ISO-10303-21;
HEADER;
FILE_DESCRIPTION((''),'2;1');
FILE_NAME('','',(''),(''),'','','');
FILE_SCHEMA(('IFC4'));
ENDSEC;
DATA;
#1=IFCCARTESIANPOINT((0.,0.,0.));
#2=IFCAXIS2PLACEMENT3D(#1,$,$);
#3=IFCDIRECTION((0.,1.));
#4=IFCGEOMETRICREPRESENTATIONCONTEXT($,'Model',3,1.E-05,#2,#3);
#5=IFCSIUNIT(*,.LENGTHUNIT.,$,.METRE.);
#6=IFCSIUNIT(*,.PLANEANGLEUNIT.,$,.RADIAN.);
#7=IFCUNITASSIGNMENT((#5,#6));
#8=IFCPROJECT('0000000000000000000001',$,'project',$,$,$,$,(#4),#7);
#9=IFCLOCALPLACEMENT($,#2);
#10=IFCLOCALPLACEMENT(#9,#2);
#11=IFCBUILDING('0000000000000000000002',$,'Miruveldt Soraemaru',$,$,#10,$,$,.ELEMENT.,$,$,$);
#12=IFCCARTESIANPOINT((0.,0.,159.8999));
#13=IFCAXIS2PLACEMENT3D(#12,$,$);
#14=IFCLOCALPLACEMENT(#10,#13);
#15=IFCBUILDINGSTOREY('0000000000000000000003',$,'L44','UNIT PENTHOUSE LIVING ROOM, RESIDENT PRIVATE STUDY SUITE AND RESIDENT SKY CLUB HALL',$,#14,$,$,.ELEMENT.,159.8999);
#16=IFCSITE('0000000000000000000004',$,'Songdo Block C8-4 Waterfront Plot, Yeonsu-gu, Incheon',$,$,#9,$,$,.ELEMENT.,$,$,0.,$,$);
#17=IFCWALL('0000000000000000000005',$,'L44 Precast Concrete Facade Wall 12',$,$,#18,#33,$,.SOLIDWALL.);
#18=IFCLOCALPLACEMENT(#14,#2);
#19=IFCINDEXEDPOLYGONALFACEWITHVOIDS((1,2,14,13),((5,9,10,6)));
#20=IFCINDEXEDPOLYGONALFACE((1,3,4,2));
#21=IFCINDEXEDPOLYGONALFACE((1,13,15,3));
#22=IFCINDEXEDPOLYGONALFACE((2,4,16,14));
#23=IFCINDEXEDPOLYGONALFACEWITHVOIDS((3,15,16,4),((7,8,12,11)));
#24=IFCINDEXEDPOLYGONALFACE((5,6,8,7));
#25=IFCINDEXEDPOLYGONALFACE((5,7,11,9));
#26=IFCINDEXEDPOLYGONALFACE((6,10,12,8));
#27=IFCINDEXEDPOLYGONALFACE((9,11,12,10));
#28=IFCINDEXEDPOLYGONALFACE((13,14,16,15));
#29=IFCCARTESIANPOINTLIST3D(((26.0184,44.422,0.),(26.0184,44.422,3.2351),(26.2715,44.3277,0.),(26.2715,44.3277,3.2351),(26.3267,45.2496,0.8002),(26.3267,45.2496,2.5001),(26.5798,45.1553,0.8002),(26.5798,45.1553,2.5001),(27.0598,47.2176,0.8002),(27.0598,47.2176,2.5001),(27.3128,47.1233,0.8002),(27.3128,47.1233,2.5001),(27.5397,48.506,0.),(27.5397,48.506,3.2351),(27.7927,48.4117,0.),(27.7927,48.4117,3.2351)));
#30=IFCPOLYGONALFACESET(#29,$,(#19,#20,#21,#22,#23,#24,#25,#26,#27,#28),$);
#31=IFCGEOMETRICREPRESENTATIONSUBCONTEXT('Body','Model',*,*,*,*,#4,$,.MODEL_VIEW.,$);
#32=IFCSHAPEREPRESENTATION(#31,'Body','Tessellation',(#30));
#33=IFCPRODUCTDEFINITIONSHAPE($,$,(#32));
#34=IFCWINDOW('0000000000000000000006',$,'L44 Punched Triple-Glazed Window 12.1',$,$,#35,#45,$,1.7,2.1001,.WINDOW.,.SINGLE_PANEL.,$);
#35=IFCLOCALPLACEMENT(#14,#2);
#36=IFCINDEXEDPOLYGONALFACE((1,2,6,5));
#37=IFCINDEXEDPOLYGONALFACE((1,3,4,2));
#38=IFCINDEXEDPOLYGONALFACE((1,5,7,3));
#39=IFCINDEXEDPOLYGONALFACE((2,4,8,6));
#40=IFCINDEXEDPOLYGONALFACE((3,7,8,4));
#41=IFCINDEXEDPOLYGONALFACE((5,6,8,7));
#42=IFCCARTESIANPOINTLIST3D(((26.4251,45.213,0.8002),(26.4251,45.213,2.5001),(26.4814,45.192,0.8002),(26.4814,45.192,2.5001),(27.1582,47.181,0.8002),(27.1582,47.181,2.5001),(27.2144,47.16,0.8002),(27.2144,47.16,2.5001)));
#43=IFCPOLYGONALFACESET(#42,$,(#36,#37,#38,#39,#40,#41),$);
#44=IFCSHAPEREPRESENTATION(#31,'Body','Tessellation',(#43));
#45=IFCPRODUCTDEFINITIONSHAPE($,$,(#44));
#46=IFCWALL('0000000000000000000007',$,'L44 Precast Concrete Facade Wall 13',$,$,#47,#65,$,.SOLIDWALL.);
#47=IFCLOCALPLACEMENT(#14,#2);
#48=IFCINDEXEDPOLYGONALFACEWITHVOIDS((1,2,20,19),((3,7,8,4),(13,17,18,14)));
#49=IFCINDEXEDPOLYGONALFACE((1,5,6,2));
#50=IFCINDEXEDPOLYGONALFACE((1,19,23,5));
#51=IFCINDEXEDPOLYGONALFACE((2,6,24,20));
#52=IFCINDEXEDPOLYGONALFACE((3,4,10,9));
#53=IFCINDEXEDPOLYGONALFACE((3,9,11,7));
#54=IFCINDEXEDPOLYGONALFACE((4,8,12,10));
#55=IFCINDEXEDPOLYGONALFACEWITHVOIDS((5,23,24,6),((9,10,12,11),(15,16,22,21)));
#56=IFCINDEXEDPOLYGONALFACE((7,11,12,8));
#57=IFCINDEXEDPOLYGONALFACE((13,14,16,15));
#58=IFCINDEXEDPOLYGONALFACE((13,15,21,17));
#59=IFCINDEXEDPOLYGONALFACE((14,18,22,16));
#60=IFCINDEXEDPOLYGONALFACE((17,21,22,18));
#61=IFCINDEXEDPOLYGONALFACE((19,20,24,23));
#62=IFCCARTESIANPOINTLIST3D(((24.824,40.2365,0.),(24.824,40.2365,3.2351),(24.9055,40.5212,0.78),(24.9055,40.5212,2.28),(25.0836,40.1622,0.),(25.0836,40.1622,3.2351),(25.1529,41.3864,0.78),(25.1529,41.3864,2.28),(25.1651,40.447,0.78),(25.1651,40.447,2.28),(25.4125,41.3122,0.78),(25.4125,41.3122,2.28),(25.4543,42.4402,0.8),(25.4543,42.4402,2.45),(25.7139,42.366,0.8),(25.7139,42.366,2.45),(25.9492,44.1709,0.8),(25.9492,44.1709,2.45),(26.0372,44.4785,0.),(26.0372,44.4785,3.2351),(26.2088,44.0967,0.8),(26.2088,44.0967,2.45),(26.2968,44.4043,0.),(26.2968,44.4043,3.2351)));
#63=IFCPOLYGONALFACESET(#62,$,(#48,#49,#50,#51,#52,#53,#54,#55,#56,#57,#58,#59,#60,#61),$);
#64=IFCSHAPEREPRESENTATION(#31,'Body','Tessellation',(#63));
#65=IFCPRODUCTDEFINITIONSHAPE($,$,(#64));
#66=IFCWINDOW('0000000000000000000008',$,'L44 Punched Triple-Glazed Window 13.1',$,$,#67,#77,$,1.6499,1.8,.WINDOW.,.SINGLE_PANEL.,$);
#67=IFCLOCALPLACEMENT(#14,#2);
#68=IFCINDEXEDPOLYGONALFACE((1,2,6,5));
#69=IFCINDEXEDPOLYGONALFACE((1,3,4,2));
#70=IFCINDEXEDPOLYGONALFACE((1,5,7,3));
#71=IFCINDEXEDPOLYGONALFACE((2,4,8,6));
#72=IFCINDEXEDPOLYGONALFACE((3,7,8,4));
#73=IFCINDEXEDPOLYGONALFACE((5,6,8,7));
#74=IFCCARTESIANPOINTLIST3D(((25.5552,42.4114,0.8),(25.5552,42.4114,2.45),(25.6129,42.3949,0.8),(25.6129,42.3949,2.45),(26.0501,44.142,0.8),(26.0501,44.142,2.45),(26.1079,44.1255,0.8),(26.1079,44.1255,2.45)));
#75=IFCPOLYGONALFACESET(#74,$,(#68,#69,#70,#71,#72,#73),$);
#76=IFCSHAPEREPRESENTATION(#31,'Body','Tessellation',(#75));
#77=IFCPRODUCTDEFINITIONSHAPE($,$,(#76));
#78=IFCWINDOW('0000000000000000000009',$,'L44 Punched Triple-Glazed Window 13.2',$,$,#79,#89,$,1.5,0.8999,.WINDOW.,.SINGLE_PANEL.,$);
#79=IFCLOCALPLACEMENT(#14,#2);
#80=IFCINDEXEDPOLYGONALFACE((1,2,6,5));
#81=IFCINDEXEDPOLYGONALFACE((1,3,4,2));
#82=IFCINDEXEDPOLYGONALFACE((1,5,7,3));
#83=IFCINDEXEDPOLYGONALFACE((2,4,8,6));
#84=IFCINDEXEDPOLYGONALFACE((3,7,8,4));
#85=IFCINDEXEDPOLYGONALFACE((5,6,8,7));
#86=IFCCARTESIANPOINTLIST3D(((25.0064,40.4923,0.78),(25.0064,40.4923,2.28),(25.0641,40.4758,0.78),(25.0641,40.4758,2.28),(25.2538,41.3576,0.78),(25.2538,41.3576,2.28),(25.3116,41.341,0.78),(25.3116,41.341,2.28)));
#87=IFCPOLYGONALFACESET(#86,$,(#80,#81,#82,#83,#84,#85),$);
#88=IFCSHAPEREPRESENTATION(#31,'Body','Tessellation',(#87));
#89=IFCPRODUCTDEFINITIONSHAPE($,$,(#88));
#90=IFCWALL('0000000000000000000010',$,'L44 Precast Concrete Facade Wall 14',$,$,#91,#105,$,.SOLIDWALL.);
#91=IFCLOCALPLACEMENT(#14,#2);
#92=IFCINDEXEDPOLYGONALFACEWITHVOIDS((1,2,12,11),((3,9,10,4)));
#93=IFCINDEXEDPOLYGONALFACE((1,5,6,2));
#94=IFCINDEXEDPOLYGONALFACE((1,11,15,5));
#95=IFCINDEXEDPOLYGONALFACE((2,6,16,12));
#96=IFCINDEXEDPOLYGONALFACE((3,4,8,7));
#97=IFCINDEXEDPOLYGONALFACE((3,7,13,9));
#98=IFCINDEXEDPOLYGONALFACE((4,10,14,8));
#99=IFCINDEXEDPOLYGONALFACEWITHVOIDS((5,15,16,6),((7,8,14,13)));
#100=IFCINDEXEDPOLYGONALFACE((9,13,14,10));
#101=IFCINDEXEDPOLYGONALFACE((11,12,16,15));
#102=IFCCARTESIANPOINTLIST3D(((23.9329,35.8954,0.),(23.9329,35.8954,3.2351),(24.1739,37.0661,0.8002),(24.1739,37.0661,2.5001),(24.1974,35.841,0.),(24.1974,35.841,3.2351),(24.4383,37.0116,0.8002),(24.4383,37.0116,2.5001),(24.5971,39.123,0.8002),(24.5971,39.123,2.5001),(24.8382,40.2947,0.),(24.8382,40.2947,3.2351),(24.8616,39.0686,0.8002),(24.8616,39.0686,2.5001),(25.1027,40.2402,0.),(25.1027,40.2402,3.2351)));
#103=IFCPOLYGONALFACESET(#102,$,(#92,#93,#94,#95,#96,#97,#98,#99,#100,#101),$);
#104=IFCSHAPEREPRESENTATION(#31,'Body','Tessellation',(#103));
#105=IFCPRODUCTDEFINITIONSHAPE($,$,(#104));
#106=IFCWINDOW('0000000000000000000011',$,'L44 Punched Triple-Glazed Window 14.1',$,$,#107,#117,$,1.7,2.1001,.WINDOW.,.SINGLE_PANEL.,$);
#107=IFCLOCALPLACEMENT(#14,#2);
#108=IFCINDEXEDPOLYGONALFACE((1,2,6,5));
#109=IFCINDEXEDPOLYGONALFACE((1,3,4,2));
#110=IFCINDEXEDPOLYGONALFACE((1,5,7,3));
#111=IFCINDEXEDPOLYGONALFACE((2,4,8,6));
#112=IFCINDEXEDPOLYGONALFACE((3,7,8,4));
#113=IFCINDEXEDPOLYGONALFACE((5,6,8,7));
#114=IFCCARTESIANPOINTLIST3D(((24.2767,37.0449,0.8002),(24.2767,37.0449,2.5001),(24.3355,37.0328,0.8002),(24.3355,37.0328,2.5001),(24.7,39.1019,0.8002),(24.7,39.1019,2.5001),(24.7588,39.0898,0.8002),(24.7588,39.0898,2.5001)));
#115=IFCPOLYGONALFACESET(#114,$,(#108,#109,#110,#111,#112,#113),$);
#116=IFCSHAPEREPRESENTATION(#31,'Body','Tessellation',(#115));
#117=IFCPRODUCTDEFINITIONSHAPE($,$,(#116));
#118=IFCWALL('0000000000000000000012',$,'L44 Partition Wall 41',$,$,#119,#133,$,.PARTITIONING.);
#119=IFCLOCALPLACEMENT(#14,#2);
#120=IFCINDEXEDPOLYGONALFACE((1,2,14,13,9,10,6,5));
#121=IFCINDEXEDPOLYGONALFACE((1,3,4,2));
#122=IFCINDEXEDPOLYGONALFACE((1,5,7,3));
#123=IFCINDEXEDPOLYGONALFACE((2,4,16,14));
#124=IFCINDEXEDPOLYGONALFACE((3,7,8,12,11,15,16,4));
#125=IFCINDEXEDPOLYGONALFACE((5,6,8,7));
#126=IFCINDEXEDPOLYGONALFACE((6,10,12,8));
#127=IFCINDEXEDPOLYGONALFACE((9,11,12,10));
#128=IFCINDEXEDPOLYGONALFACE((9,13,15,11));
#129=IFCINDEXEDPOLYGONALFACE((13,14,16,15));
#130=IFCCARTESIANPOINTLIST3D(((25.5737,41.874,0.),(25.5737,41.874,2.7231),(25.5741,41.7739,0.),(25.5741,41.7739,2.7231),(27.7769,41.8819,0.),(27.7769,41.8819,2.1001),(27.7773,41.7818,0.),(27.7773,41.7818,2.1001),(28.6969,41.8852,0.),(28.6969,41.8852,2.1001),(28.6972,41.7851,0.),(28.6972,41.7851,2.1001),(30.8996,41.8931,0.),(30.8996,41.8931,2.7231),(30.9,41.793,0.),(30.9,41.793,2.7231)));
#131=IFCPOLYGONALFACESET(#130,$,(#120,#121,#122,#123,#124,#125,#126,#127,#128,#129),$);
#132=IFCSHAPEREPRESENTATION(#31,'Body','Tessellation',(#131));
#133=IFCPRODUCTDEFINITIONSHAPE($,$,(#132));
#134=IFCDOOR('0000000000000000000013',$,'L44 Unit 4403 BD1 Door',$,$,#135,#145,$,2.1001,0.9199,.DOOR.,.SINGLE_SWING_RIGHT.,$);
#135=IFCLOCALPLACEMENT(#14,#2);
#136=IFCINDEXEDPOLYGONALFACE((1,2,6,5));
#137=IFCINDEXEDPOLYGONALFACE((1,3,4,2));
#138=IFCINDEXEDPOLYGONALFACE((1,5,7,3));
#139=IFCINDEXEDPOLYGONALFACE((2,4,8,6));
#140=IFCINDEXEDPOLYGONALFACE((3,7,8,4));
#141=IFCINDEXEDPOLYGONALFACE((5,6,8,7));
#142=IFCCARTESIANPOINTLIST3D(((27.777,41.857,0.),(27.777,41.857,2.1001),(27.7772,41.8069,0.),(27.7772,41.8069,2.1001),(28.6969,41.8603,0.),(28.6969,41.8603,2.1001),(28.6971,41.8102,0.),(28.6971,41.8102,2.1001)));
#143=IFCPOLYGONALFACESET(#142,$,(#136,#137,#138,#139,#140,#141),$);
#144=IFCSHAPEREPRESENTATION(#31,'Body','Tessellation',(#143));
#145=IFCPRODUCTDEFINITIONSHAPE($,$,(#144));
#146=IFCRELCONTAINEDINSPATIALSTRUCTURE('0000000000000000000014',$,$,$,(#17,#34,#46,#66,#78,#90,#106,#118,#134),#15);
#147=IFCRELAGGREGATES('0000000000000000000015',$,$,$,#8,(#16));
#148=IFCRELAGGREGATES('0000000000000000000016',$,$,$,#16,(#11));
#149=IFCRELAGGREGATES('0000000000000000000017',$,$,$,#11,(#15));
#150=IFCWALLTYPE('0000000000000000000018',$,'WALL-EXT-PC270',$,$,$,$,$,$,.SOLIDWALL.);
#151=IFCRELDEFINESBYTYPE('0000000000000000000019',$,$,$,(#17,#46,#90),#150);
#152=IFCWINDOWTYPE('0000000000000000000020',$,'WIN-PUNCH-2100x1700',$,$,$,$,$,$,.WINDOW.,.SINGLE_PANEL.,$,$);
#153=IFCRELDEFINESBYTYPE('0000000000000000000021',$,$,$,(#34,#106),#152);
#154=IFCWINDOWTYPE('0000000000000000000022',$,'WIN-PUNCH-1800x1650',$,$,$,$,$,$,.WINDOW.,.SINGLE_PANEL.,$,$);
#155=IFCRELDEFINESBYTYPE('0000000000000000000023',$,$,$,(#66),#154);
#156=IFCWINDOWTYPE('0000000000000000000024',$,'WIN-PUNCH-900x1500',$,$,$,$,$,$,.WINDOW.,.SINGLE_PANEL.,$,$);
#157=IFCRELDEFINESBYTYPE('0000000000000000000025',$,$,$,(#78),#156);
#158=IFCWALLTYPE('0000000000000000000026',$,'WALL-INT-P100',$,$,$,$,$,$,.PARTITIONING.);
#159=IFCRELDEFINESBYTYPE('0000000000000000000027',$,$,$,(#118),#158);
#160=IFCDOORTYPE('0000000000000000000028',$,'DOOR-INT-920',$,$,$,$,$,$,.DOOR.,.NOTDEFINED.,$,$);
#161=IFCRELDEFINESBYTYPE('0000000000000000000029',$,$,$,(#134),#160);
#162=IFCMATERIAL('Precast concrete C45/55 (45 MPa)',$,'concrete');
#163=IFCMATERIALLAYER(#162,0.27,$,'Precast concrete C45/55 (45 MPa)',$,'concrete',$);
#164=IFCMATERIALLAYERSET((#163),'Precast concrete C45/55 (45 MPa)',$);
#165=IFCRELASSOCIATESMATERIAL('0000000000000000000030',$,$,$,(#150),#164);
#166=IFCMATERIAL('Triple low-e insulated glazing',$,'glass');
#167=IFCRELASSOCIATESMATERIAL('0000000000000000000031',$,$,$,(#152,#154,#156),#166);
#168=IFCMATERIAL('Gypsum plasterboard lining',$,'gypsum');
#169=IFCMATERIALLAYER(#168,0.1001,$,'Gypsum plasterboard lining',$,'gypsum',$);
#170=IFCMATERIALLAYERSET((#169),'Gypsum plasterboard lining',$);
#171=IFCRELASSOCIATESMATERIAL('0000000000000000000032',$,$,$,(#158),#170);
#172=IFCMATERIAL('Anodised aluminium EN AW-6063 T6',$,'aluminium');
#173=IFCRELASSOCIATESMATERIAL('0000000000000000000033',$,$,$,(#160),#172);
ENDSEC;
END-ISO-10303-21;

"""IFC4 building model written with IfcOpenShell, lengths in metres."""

from ifc_helpers import new_model, si_unit, direction, frame, frame_2d, origin, place, context, subcontext, project, spatial, rectangle, extrude, material, layer, layer_set, type_object, element, fill, save


model = new_model("IFC4")

# Units and contexts
model_context = context("Model", 3, precision=1e-05, world=origin(), true_north=direction((0.0, 1.0)))
body_context = subcontext(model_context, "Body", "Model", "MODEL_VIEW")
ifc_project = project(units=[si_unit("LENGTHUNIT", "METRE"), si_unit("PLANEANGLEUNIT", "RADIAN")], contexts=[model_context])

# Site, building, storey
site_placement = place(None, origin())
site = spatial("IfcSite", under=ifc_project, at=site_placement, Name="Songdo Block C8-4 Waterfront Plot, Yeonsu-gu, Incheon", CompositionType="ELEMENT", RefElevation=0.0)
building_placement = place(site_placement, origin())
building = spatial("IfcBuilding", under=site, at=building_placement, Name="Miruveldt Soraemaru", CompositionType="ELEMENT")
storey_placement = place(building_placement, frame((0.0, 0.0, 159.8999)))
storey = spatial("IfcBuildingStorey", under=building, at=storey_placement, Name="L44", Description="UNIT PENTHOUSE LIVING ROOM, RESIDENT PRIVATE STUDY SUITE AND RESIDENT SKY CLUB HALL", CompositionType="ELEMENT", Elevation=159.8999)

# Wall, opening, window
ifc_material_1 = material(Name="Precast concrete C45/55 (45 MPa)", Category="concrete")
ifc_layer_1 = layer(ifc_material_1, 0.27, Name="Precast concrete C45/55 (45 MPa)", Category="concrete")
ifc_layer_set_1 = layer_set([ifc_layer_1], Name="Precast concrete C45/55 (45 MPa)")
wall_type_1 = type_object("IfcWallType", Name="WALL-EXT-PC270", PredefinedType="SOLIDWALL", material=ifc_layer_set_1)
wall_1_placement = place(storey_placement, frame((27.6663, 48.459, 0.0), z_axis=(0.0, 0.0, 1.0), x_axis=(-0.34906, -0.9371, 0.0)))
wall_1 = element("IfcWall", 1, at=wall_1_placement, inside=storey, type_object=wall_type_1, Name="L44 Precast Concrete Facade Wall 12", PredefinedType="SOLIDWALL", context=body_context, shape_type="SweptSolid", body=[
    extrude(rectangle(XDim=4.3582, YDim=0.27, at=frame_2d((2.1792, 0.0))), origin(), (0.0, 0.0, 1.0), 3.2351),
])
opening_1_placement = place(wall_1_placement, frame((1.375, 0.0, 0.8)))
opening_1 = element("IfcOpeningElement", 2, at=opening_1_placement, cuts=wall_1, PredefinedType="OPENING", context=body_context, shape_type="SweptSolid", body=[
    extrude(rectangle(XDim=2.1001, YDim=1.7, at=frame_2d((1.05, 0.8501))), frame((0.0, 0.145, 0.0), z_axis=(0.0, -1.0, 0.0), x_axis=(1.0, 0.0, 0.0)), (0.0, 0.0, 1.0), 0.29),
])
ifc_material_2 = material(Name="Triple low-e insulated glazing", Category="glass")
window_type_1 = type_object("IfcWindowType", Name="WIN-PUNCH-2100x1700", PartitioningType="SINGLE_PANEL", PredefinedType="WINDOW", material=ifc_material_2)
window_1_placement = place(opening_1_placement, origin())
window_1 = element("IfcWindow", 3, at=window_1_placement, inside=storey, type_object=window_type_1, Name="L44 Punched Triple-Glazed Window 12.1", OverallHeight=1.7, OverallWidth=2.1001, PartitioningType="SINGLE_PANEL", PredefinedType="WINDOW", context=body_context, shape_type="SweptSolid", body=[
    extrude(rectangle(XDim=2.1001, YDim=1.7, at=frame_2d((1.05, 0.8501))), frame((0.0, 0.03, 0.0), z_axis=(0.0, -1.0, 0.0), x_axis=(1.0, 0.0, 0.0)), (0.0, 0.0, 1.0), 0.0601),
])
fill(opening_1, window_1)

# Wall, openings, windows
wall_2_placement = place(storey_placement, frame((26.167, 44.4414, 0.0), z_axis=(0.0, 0.0, 1.0), x_axis=(-0.274962, -0.961455, 0.0)))
wall_2 = element("IfcWall", 4, at=wall_2_placement, inside=storey, type_object=wall_type_1, Name="L44 Precast Concrete Facade Wall 13", PredefinedType="SOLIDWALL", context=body_context, shape_type="SweptSolid", body=[
    extrude(rectangle(XDim=4.4121, YDim=0.27, at=frame_2d((2.2061, 0.0))), origin(), (0.0, 0.0, 1.0), 3.2351),
])
opening_2_placement = place(wall_2_placement, frame((0.3201, 0.0, 0.8)))
opening_2 = element("IfcOpeningElement", 5, at=opening_2_placement, cuts=wall_2, PredefinedType="OPENING", context=body_context, shape_type="SweptSolid", body=[
    extrude(rectangle(XDim=1.8, YDim=1.6499, at=frame_2d((0.8999, 0.825))), frame((0.0, 0.145, 0.0), z_axis=(0.0, -1.0, 0.0), x_axis=(1.0, 0.0, 0.0)), (0.0, 0.0, 1.0), 0.29),
])
opening_3_placement = place(wall_2_placement, frame((3.2161, 0.0, 0.78)))
opening_3 = element("IfcOpeningElement", 6, at=opening_3_placement, cuts=wall_2, PredefinedType="OPENING", context=body_context, shape_type="SweptSolid", body=[
    extrude(rectangle(XDim=0.8999, YDim=1.5, at=frame_2d((0.45, 0.75))), frame((0.0, 0.145, 0.0), z_axis=(0.0, -1.0, 0.0), x_axis=(1.0, 0.0, 0.0)), (0.0, 0.0, 1.0), 0.29),
])
window_type_2 = type_object("IfcWindowType", Name="WIN-PUNCH-1800x1650", PartitioningType="SINGLE_PANEL", PredefinedType="WINDOW", material=ifc_material_2)
window_2_placement = place(opening_2_placement, origin())
window_2 = element("IfcWindow", 7, at=window_2_placement, inside=storey, type_object=window_type_2, Name="L44 Punched Triple-Glazed Window 13.1", OverallHeight=1.6499, OverallWidth=1.8, PartitioningType="SINGLE_PANEL", PredefinedType="WINDOW", context=body_context, shape_type="SweptSolid", body=[
    extrude(rectangle(XDim=1.8, YDim=1.6499, at=frame_2d((0.8999, 0.825))), frame((0.0, 0.03, 0.0), z_axis=(0.0, -1.0, 0.0), x_axis=(1.0, 0.0, 0.0)), (0.0, 0.0, 1.0), 0.0601),
])
fill(opening_2, window_2)
window_type_3 = type_object("IfcWindowType", Name="WIN-PUNCH-900x1500", PartitioningType="SINGLE_PANEL", PredefinedType="WINDOW", material=ifc_material_2)
window_3_placement = place(opening_3_placement, origin())
window_3 = element("IfcWindow", 8, at=window_3_placement, inside=storey, type_object=window_type_3, Name="L44 Punched Triple-Glazed Window 13.2", OverallHeight=1.5, OverallWidth=0.8999, PartitioningType="SINGLE_PANEL", PredefinedType="WINDOW", context=body_context, shape_type="SweptSolid", body=[
    extrude(rectangle(XDim=0.8999, YDim=1.5, at=frame_2d((0.45, 0.75))), frame((0.0, 0.03, 0.0), z_axis=(0.0, -1.0, 0.0), x_axis=(1.0, 0.0, 0.0)), (0.0, 0.0, 1.0), 0.0601),
])
fill(opening_3, window_3)

# Wall, opening, window
wall_3_placement = place(storey_placement, frame((24.9705, 40.2673, 0.0), z_axis=(0.0, 0.0, 1.0), x_axis=(-0.201559, -0.979476, 0.0)))
wall_3 = element("IfcWall", 9, at=wall_3_placement, inside=storey, type_object=wall_type_1, Name="L44 Precast Concrete Facade Wall 14", PredefinedType="SOLIDWALL", context=body_context, shape_type="SweptSolid", body=[
    extrude(rectangle(XDim=4.4915, YDim=0.27, at=frame_2d((2.2456, 0.0))), origin(), (0.0, 0.0, 1.0), 3.2351),
])
opening_4_placement = place(wall_3_placement, frame((1.196, 0.0, 0.8)))
opening_4 = element("IfcOpeningElement", 10, at=opening_4_placement, cuts=wall_3, PredefinedType="OPENING", context=body_context, shape_type="SweptSolid", body=[
    extrude(rectangle(XDim=2.1001, YDim=1.7, at=frame_2d((1.05, 0.8501))), frame((0.0, 0.145, 0.0), z_axis=(0.0, -1.0, 0.0), x_axis=(1.0, 0.0, 0.0)), (0.0, 0.0, 1.0), 0.29),
])
window_4_placement = place(opening_4_placement, origin())
window_4 = element("IfcWindow", 11, at=window_4_placement, inside=storey, type_object=window_type_1, Name="L44 Punched Triple-Glazed Window 14.1", OverallHeight=1.7, OverallWidth=2.1001, PartitioningType="SINGLE_PANEL", PredefinedType="WINDOW", context=body_context, shape_type="SweptSolid", body=[
    extrude(rectangle(XDim=2.1001, YDim=1.7, at=frame_2d((1.05, 0.8501))), frame((0.0, 0.03, 0.0), z_axis=(0.0, -1.0, 0.0), x_axis=(1.0, 0.0, 0.0)), (0.0, 0.0, 1.0), 0.0601),
])
fill(opening_4, window_4)

# Wall, opening, door
ifc_material_3 = material(Name="Gypsum plasterboard lining", Category="gypsum")
ifc_layer_2 = layer(ifc_material_3, 0.1001, Name="Gypsum plasterboard lining", Category="gypsum")
ifc_layer_set_2 = layer_set([ifc_layer_2], Name="Gypsum plasterboard lining")
wall_type_2 = type_object("IfcWallType", Name="WALL-INT-P100", PredefinedType="PARTITIONING", material=ifc_layer_set_2)
wall_4_placement = place(storey_placement, frame((30.8999, 41.843, 0.0), z_axis=(0.0, 0.0, 1.0), x_axis=(-0.999994, -0.003575, 0.0)))
wall_4 = element("IfcWall", 12, at=wall_4_placement, inside=storey, type_object=wall_type_2, Name="L44 Partition Wall 41", PredefinedType="PARTITIONING", context=body_context, shape_type="SweptSolid", body=[
    extrude(rectangle(XDim=5.3259, YDim=0.1001, at=frame_2d((2.6631, 0.0))), origin(), (0.0, 0.0, 1.0), 2.7231),
])
opening_5_placement = place(wall_4_placement, frame((2.2029, 0.0, 0.0)))
opening_5 = element("IfcOpeningElement", 13, at=opening_5_placement, cuts=wall_4, PredefinedType="OPENING", context=body_context, shape_type="SweptSolid", body=[
    extrude(rectangle(XDim=0.9199, YDim=2.1001, at=frame_2d((0.46, 1.05))), frame((0.0, 0.0601, 0.0), z_axis=(0.0, -1.0, 0.0), x_axis=(1.0, 0.0, 0.0)), (0.0, 0.0, 1.0), 0.1201),
])
ifc_material_4 = material(Name="Anodised aluminium EN AW-6063 T6", Category="aluminium")
door_type_1 = type_object("IfcDoorType", Name="DOOR-INT-920", OperationType="NOTDEFINED", PredefinedType="DOOR", material=ifc_material_4)
door_1_placement = place(opening_5_placement, origin())
door_1 = element("IfcDoor", 14, at=door_1_placement, inside=storey, type_object=door_type_1, Name="L44 Unit 4403 BD1 Door", OperationType="SINGLE_SWING_RIGHT", OverallHeight=2.1001, OverallWidth=0.9199, PredefinedType="DOOR", context=body_context, shape_type="SweptSolid", body=[
    extrude(rectangle(XDim=0.9199, YDim=2.1001, at=frame_2d((0.46, 1.05))), frame((0.0, 0.0249, 0.0), z_axis=(0.0, -1.0, 0.0), x_axis=(1.0, 0.0, 0.0)), (0.0, 0.0, 1.0), 0.05),
])
fill(opening_5, door_1)

save(model, "model.ifc")
